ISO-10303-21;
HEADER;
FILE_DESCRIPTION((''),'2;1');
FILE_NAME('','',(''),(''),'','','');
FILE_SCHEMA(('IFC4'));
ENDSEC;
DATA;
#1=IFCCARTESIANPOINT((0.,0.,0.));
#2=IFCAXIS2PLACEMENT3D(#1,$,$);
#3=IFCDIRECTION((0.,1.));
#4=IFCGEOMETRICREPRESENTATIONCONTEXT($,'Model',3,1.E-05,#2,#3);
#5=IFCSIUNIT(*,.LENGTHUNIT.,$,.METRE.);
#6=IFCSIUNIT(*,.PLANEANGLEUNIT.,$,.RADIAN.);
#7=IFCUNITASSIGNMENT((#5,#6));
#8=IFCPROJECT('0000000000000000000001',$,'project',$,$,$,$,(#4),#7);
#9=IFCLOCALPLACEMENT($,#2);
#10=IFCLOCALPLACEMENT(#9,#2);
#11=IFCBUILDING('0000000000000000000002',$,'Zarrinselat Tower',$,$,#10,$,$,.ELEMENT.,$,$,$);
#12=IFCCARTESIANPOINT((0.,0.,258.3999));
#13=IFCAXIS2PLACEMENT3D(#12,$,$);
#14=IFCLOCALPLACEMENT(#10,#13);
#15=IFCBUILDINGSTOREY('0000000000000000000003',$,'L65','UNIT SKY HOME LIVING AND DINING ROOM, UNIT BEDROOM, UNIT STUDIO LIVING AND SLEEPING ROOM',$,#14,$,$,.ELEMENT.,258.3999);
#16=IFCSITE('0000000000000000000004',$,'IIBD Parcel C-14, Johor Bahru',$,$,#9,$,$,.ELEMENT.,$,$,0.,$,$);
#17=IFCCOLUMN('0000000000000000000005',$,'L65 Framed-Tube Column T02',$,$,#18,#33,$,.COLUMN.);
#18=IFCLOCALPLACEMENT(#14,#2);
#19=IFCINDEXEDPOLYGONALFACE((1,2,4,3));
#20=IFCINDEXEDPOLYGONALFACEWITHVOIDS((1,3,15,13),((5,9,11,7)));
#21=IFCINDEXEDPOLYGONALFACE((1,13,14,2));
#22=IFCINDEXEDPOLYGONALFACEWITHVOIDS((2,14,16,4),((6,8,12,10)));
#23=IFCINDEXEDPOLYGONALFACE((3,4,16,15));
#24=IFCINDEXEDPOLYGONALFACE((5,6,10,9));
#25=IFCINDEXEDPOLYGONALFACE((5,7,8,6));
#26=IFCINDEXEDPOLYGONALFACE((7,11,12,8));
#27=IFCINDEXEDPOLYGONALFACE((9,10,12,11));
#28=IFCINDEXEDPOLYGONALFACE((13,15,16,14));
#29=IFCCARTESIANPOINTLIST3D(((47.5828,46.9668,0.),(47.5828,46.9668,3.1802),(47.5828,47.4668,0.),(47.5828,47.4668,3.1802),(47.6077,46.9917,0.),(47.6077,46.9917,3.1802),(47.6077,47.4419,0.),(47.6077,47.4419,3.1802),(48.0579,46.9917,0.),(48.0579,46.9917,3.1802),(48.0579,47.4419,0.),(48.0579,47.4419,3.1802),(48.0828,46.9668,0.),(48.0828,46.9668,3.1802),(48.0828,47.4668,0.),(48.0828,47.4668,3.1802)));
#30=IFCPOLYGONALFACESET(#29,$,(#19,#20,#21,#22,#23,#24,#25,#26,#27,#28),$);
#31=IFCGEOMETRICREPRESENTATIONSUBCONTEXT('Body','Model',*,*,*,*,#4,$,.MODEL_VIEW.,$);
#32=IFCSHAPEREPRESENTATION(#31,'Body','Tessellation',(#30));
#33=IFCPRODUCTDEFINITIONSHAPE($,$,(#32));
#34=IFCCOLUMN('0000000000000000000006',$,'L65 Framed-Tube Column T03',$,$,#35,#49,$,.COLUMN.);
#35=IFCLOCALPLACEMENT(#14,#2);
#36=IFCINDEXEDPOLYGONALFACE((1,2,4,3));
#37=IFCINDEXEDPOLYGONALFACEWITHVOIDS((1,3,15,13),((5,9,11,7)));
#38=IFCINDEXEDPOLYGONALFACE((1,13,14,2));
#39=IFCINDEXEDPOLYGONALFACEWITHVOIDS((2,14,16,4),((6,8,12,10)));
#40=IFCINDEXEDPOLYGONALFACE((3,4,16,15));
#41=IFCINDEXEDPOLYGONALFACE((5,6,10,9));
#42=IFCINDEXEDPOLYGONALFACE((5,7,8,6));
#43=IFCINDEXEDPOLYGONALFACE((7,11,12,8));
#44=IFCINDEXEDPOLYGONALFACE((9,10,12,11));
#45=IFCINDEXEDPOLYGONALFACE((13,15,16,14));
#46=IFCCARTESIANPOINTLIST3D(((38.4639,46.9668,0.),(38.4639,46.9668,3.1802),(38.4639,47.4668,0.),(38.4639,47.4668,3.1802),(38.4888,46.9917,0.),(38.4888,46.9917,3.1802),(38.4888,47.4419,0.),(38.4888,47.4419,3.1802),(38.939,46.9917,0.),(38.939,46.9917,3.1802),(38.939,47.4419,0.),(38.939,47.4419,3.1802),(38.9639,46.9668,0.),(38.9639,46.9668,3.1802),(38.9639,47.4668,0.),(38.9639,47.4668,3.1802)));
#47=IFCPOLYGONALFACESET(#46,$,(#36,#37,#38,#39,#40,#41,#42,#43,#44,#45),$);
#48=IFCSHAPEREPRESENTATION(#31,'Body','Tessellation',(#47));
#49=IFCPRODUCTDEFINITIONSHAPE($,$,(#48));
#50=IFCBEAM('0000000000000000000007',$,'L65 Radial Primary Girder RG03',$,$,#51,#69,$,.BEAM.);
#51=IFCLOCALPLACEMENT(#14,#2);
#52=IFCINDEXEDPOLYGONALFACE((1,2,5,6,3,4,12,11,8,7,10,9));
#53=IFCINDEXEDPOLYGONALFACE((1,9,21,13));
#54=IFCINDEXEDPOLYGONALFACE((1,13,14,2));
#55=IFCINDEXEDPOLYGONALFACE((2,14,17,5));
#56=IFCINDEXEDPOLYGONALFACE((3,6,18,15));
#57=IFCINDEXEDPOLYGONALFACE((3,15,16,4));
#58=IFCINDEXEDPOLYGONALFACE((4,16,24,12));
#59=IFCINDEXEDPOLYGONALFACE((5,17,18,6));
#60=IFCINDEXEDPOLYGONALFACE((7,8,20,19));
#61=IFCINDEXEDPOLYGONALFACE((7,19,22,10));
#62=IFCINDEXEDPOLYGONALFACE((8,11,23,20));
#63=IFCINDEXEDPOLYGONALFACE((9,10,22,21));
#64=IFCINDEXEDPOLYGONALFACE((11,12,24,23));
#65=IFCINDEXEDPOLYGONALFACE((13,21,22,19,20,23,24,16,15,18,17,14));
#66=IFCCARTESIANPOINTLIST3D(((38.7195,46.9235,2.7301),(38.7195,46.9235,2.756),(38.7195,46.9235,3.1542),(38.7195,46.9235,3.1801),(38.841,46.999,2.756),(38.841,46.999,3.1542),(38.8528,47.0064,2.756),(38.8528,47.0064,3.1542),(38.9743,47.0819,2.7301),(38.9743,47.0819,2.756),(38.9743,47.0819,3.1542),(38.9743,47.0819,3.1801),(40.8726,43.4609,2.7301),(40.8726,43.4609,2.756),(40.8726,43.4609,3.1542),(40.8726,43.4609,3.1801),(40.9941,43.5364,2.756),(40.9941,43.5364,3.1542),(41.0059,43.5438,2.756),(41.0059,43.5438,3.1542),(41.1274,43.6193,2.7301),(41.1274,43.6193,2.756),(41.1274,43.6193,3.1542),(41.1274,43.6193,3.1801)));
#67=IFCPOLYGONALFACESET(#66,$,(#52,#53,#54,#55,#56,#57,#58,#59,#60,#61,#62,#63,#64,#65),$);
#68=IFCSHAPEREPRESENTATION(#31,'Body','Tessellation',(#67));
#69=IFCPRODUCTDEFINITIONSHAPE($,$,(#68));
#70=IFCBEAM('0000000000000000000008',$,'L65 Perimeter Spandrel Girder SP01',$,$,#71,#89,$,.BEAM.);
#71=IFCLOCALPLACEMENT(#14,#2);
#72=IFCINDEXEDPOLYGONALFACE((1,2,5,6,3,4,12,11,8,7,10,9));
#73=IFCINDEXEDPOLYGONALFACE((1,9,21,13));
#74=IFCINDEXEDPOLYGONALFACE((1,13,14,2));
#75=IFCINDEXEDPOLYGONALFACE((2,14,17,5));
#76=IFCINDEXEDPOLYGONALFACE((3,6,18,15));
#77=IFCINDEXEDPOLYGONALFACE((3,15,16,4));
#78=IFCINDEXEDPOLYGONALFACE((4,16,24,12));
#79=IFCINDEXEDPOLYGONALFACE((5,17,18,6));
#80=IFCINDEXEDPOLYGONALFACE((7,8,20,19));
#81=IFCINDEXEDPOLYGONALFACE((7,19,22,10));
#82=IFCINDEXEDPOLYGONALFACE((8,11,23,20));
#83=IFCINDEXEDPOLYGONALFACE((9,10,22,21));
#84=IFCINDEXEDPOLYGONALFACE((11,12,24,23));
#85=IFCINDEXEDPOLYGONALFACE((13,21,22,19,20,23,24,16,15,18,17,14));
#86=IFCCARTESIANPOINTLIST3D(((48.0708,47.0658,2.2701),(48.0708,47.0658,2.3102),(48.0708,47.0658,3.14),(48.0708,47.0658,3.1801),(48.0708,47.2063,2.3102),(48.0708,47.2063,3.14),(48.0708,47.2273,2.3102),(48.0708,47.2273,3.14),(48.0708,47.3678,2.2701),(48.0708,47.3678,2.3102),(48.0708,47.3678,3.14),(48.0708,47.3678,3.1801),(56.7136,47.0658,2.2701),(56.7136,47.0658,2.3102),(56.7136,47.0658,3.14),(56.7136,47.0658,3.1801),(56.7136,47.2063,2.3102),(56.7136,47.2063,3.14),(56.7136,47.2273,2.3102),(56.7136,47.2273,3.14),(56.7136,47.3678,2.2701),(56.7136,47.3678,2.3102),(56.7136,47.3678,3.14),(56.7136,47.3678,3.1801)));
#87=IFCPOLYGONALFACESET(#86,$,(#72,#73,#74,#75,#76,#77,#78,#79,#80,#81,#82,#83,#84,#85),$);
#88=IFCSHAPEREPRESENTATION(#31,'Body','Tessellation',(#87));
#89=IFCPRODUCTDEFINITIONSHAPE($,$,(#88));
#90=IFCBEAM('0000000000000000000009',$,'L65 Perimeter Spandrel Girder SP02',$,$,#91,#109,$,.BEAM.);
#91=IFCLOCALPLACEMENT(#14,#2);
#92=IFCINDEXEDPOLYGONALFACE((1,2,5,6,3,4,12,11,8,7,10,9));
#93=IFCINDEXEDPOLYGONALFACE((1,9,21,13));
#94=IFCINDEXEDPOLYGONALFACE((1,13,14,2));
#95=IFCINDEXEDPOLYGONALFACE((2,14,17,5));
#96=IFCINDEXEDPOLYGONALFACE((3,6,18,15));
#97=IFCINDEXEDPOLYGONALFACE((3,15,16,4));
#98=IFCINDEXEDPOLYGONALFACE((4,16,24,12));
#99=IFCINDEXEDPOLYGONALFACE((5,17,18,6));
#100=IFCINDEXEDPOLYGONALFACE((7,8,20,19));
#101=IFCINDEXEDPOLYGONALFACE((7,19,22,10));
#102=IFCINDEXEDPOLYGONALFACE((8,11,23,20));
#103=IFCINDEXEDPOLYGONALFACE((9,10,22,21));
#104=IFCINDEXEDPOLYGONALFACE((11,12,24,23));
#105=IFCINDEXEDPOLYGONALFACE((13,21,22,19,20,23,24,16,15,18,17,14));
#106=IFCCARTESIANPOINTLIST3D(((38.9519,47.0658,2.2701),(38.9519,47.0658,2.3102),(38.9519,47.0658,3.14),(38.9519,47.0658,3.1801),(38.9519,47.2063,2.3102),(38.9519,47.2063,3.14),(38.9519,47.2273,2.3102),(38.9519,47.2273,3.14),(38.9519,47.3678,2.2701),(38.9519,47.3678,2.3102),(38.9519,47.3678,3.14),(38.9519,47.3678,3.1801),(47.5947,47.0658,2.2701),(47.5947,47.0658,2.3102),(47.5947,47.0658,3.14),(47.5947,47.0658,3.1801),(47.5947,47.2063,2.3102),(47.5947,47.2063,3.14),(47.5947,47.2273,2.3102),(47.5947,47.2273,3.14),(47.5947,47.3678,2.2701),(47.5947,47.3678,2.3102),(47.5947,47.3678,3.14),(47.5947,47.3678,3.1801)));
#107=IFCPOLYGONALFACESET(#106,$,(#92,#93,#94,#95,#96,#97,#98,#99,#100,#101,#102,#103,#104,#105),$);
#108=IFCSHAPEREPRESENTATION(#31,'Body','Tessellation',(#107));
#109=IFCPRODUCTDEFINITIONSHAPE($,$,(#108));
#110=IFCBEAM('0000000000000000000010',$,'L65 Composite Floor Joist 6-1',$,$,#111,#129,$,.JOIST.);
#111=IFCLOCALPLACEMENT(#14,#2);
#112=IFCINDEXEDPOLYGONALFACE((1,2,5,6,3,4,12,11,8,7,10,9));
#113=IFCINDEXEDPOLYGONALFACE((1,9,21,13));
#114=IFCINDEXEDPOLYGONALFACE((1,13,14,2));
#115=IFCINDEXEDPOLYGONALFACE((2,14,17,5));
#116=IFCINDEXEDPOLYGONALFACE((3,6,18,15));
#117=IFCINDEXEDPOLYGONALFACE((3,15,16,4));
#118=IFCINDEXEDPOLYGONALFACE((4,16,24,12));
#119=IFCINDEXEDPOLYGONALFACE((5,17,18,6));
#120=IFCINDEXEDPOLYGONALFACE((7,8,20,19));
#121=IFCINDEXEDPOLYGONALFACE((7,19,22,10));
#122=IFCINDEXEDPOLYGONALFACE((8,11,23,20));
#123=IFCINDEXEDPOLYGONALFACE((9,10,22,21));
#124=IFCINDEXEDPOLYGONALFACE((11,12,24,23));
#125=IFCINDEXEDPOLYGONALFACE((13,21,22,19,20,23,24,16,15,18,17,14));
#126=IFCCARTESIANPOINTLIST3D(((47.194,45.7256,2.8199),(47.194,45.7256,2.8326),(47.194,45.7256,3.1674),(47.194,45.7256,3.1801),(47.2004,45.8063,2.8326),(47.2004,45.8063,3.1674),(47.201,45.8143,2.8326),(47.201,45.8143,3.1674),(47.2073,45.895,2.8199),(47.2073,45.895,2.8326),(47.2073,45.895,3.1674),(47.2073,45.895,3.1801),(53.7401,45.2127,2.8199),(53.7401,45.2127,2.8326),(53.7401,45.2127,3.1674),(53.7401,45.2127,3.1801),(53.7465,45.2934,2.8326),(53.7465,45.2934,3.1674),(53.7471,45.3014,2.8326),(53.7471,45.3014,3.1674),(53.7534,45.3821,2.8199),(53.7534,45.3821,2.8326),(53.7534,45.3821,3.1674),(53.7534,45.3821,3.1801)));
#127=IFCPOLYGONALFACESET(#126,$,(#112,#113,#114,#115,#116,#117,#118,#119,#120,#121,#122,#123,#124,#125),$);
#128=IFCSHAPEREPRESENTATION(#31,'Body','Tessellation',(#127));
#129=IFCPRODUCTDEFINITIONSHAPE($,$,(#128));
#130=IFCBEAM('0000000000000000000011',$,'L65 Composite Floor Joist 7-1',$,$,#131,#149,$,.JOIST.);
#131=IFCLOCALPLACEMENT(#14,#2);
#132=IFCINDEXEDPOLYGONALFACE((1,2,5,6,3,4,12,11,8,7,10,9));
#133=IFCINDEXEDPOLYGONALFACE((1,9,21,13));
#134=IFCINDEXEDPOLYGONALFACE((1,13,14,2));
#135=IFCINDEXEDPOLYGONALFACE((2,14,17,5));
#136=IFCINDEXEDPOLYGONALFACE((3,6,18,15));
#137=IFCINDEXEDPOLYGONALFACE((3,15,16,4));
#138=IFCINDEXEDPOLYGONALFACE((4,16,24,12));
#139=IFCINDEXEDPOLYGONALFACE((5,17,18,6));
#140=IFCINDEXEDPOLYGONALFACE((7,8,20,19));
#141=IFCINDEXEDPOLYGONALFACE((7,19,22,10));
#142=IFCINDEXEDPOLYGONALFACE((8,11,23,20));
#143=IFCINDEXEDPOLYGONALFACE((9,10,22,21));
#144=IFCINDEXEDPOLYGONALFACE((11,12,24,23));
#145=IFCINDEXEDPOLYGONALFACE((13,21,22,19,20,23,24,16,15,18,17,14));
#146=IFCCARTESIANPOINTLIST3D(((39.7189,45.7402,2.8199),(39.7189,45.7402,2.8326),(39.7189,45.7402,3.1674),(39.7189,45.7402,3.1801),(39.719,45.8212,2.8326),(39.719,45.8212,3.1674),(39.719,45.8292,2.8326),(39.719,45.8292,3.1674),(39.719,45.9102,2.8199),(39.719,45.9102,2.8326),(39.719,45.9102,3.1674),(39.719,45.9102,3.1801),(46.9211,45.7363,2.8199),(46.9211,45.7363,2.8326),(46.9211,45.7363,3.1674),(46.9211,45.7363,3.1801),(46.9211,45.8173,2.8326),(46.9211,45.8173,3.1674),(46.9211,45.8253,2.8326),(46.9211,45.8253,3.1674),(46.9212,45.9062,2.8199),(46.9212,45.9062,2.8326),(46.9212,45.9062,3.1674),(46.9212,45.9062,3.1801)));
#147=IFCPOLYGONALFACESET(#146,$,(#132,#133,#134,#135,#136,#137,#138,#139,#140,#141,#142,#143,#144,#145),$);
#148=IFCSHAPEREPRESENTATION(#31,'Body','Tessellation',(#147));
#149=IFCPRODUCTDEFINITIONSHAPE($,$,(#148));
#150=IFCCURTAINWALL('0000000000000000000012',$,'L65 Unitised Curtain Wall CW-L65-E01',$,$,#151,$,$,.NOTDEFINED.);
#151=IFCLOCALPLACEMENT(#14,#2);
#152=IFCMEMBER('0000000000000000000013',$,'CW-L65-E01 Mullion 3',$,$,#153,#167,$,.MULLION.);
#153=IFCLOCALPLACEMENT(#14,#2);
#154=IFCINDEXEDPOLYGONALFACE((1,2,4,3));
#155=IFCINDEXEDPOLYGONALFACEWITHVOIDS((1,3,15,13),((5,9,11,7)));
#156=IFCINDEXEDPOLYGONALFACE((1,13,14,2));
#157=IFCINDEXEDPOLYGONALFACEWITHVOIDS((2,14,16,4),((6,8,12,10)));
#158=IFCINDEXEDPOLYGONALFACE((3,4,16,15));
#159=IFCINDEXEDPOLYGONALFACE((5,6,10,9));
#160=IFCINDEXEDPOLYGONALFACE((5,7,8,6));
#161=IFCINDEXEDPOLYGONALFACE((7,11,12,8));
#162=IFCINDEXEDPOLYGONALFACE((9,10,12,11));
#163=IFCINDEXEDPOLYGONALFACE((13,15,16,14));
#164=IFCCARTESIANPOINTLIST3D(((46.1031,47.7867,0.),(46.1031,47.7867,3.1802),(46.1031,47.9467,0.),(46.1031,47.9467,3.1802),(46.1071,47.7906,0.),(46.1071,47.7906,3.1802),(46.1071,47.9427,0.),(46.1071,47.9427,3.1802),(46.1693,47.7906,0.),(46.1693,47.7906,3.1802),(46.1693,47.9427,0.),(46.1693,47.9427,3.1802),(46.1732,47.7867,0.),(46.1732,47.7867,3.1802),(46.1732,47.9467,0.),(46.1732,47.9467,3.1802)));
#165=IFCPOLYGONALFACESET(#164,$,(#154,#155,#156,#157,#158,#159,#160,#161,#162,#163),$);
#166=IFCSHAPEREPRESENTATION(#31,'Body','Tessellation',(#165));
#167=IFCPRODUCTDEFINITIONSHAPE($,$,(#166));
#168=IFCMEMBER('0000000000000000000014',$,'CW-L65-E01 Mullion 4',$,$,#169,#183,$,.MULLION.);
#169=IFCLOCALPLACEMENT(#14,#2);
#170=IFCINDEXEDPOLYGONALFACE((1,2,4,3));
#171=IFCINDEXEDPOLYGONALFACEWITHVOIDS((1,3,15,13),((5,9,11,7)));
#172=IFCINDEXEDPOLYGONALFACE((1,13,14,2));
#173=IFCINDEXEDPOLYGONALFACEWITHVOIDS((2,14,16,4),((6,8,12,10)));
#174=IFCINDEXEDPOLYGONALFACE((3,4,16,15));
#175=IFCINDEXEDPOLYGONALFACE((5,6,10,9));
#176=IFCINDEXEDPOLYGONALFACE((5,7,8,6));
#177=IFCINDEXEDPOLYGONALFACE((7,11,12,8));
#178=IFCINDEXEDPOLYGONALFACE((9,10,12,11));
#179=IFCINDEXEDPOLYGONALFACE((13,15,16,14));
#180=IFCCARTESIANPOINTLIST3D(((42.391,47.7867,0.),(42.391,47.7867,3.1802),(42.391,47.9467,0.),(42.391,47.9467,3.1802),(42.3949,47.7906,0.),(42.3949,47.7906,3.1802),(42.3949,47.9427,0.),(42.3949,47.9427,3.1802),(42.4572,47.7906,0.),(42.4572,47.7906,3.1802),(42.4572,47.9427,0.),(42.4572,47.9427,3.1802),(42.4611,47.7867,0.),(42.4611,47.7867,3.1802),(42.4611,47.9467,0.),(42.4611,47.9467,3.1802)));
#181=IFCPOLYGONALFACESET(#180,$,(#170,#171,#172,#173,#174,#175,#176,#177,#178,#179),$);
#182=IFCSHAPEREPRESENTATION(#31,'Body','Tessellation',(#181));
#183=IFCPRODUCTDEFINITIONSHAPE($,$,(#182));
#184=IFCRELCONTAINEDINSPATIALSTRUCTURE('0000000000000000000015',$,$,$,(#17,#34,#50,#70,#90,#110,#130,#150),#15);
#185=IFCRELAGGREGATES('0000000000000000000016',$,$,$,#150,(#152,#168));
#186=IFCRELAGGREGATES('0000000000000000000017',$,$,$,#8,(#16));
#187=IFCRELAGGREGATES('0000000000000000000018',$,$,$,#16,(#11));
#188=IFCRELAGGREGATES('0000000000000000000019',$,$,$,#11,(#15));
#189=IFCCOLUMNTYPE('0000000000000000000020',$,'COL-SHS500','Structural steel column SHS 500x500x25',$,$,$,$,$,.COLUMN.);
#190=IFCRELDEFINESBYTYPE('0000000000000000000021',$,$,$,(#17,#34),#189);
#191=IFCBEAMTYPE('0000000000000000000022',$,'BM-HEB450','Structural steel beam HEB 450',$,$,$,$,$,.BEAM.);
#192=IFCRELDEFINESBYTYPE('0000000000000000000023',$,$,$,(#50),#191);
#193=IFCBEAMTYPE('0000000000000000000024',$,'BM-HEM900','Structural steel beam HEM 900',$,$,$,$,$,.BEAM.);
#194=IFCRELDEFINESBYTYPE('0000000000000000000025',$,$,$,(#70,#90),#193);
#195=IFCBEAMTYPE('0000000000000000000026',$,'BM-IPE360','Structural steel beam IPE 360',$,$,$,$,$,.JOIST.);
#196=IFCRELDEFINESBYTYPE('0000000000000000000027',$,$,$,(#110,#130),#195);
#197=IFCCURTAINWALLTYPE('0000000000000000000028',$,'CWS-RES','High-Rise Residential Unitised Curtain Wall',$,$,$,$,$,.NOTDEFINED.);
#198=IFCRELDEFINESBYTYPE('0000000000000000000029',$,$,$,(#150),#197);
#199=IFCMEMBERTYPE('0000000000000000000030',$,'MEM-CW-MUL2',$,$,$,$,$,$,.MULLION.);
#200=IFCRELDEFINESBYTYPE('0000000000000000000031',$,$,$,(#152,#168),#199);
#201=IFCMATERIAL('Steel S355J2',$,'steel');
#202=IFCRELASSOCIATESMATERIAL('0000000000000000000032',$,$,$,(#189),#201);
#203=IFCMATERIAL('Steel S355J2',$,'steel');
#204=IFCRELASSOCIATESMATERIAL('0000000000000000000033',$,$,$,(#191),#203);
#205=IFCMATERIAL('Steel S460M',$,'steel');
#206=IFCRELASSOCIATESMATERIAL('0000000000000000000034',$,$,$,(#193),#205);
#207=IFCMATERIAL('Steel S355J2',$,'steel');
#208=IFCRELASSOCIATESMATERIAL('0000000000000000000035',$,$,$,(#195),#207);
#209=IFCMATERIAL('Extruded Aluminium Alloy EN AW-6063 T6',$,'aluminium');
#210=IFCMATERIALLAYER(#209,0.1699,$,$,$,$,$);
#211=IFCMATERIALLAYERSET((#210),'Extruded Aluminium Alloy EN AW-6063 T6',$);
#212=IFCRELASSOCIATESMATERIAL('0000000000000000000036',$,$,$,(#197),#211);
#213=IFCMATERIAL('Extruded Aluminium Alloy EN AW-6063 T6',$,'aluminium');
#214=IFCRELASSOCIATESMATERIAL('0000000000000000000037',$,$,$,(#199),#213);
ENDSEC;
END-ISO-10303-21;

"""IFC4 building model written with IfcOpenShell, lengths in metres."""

from ifc_helpers import new_model, si_unit, direction, frame, origin, origin_2d, place, context, subcontext, project, spatial, hollow_rectangle, i_section, extrude, material, layer, layer_set, material_profile, profile_set, type_object, element, aggregate, save


model = new_model("IFC4")

# Units and contexts
model_context = context("Model", 3, precision=1e-05, world=origin(), true_north=direction((0.0, 1.0)))
body_context = subcontext(model_context, "Body", "Model", "MODEL_VIEW")
ifc_project = project(units=[si_unit("LENGTHUNIT", "METRE"), si_unit("PLANEANGLEUNIT", "RADIAN")], contexts=[model_context])

# Site, building, storey
site_placement = place(None, origin())
site = spatial("IfcSite", under=ifc_project, at=site_placement, Name="IIBD Parcel C-14, Johor Bahru", CompositionType="ELEMENT", RefElevation=0.0)
building_placement = place(site_placement, origin())
building = spatial("IfcBuilding", under=site, at=building_placement, Name="Zarrinselat Tower", CompositionType="ELEMENT")
storey_placement = place(building_placement, frame((0.0, 0.0, 258.3999)))
storey = spatial("IfcBuildingStorey", under=building, at=storey_placement, Name="L65", Description="UNIT SKY HOME LIVING AND DINING ROOM, UNIT BEDROOM, UNIT STUDIO LIVING AND SLEEPING ROOM", CompositionType="ELEMENT", Elevation=258.3999)

# Columns
ifc_material_1 = material(Name="Steel S355J2", Category="steel")
ifc_material_profile_1 = material_profile(ifc_material_1, hollow_rectangle(XDim=0.5, YDim=0.5, WallThickness=0.0249, at=origin_2d()), Name="SHS 500x500x25")
ifc_profile_set_1 = profile_set([ifc_material_profile_1], Name="Steel S355J2")
column_type = type_object("IfcColumnType", Name="COL-SHS500", Description="Structural steel column SHS 500x500x25", PredefinedType="COLUMN", material=ifc_profile_set_1)
for number, where, z_axis, x_axis, name in (
    (1, (47.8328, 47.2168, 0.0), (0.0, 0.0, 1.0), (1.0, 0.0, 0.0), "L65 Framed-Tube Column T02"),
    (2, (38.7139, 47.2168, 0.0), (0.0, 0.0, 1.0), (1.0, 0.0, 0.0), "L65 Framed-Tube Column T03"),
):
    element("IfcColumn", number, at=place(storey_placement, frame(where, z_axis=z_axis, x_axis=x_axis)), inside=storey, type_object=column_type, Name=name, PredefinedType="COLUMN", context=body_context, shape_type="SweptSolid", body=[
        extrude(hollow_rectangle(XDim=0.5, YDim=0.5, WallThickness=0.0249, at=origin_2d()), origin(), (0.0, 0.0, 1.0), 3.1802),
    ])

# Beams
ifc_material_2 = material(Name="Steel S355J2", Category="steel")
ifc_material_profile_2 = material_profile(ifc_material_2, i_section(OverallWidth=0.3, OverallDepth=0.45, WebThickness=0.0139, FlangeThickness=0.0259, at=origin_2d()), Name="HEB 450")
ifc_profile_set_2 = profile_set([ifc_material_profile_2], Name="Steel S355J2")
beam_type_1 = type_object("IfcBeamType", Name="BM-HEB450", Description="Structural steel beam HEB 450", PredefinedType="BEAM", material=ifc_profile_set_2)
beam_1_placement = place(storey_placement, frame((38.8469, 47.0027, 2.9551), z_axis=(0.528044, -0.849217, 0.0), x_axis=(0.849217, 0.528044, 0.0)))
element("IfcBeam", 3, at=beam_1_placement, inside=storey, type_object=beam_type_1, Name="L65 Radial Primary Girder RG03", PredefinedType="BEAM", context=body_context, shape_type="SweptSolid", body=[
    extrude(i_section(OverallWidth=0.3, OverallDepth=0.45, WebThickness=0.0139, FlangeThickness=0.0259, at=origin_2d()), origin(), (0.0, 0.0, 1.0), 4.0774),
])
ifc_material_3 = material(Name="Steel S460M", Category="steel")
ifc_material_profile_3 = material_profile(ifc_material_3, i_section(OverallWidth=0.302, OverallDepth=0.9099, WebThickness=0.021, FlangeThickness=0.04, at=origin_2d()), Name="HEM 900")
ifc_profile_set_3 = profile_set([ifc_material_profile_3], Name="Steel S460M")
beam_type_2 = type_object("IfcBeamType", Name="BM-HEM900", Description="Structural steel beam HEM 900", PredefinedType="BEAM", material=ifc_profile_set_3)
for number, where, z_axis, x_axis, name in (
    (4, (48.0708, 47.2168, 2.7251), (1.0, 0.0, 0.0), (0.0, 1.0, 0.0), "L65 Perimeter Spandrel Girder SP01"),
    (5, (38.9519, 47.2168, 2.7251), (1.0, 0.0, 0.0), (0.0, 1.0, 0.0), "L65 Perimeter Spandrel Girder SP02"),
):
    element("IfcBeam", number, at=place(storey_placement, frame(where, z_axis=z_axis, x_axis=x_axis)), inside=storey, type_object=beam_type_2, Name=name, PredefinedType="BEAM", context=body_context, shape_type="SweptSolid", body=[
        extrude(i_section(OverallWidth=0.302, OverallDepth=0.9099, WebThickness=0.021, FlangeThickness=0.04, at=origin_2d()), origin(), (0.0, 0.0, 1.0), 8.6428),
    ])
ifc_material_4 = material(Name="Steel S355J2", Category="steel")
ifc_material_profile_4 = material_profile(ifc_material_4, i_section(OverallWidth=0.1699, OverallDepth=0.3601, WebThickness=0.0081, FlangeThickness=0.0127, at=origin_2d()), Name="IPE 360")
ifc_profile_set_4 = profile_set([ifc_material_profile_4], Name="Steel S355J2")
beam_type_3 = type_object("IfcBeamType", Name="BM-IPE360", Description="Structural steel beam IPE 360", PredefinedType="JOIST", material=ifc_profile_set_4)
beam_2_placement = place(storey_placement, frame((47.2007, 45.8103, 3.0), z_axis=(0.996944, -0.078118, 0.0), x_axis=(0.078118, 0.996944, 0.0)))
element("IfcBeam", 6, at=beam_2_placement, inside=storey, type_object=beam_type_3, Name="L65 Composite Floor Joist 6-1", PredefinedType="JOIST", context=body_context, shape_type="SweptSolid", body=[
    extrude(i_section(OverallWidth=0.1699, OverallDepth=0.3601, WebThickness=0.0081, FlangeThickness=0.0127, at=origin_2d()), origin(), (0.0, 0.0, 1.0), 6.5662),
])
beam_3_placement = place(storey_placement, frame((39.719, 45.8252, 3.0), z_axis=(1.0, -0.000542, 0.0), x_axis=(0.000542, 1.0, 0.0)))
element("IfcBeam", 7, at=beam_3_placement, inside=storey, type_object=beam_type_3, Name="L65 Composite Floor Joist 7-1", PredefinedType="JOIST", context=body_context, shape_type="SweptSolid", body=[
    extrude(i_section(OverallWidth=0.1699, OverallDepth=0.3601, WebThickness=0.0081, FlangeThickness=0.0127, at=origin_2d()), origin(), (0.0, 0.0, 1.0), 7.2021),
])

# Curtain wall, members
ifc_material_5 = material(Name="Extruded Aluminium Alloy EN AW-6063 T6", Category="aluminium")
ifc_layer_1 = layer(ifc_material_5, 0.1699)
ifc_layer_set_1 = layer_set([ifc_layer_1], Name="Extruded Aluminium Alloy EN AW-6063 T6")
curtain_wall_type = type_object("IfcCurtainWallType", Name="CWS-RES", Description="High-Rise Residential Unitised Curtain Wall", PredefinedType="NOTDEFINED", material=ifc_layer_set_1)
curtain_wall_placement = place(storey_placement, origin())
curtain_wall = element("IfcCurtainWall", 8, at=curtain_wall_placement, inside=storey, type_object=curtain_wall_type, Name="L65 Unitised Curtain Wall CW-L65-E01", PredefinedType="NOTDEFINED")
ifc_material_6 = material(Name="Extruded Aluminium Alloy EN AW-6063 T6", Category="aluminium")
ifc_material_profile_5 = material_profile(ifc_material_6, hollow_rectangle(XDim=0.0701, YDim=0.1599, WallThickness=0.0039, at=origin_2d()), Name="RHS 160x70x4")
ifc_profile_set_5 = profile_set([ifc_material_profile_5], Name="Extruded Aluminium Alloy EN AW-6063 T6")
member_type_1 = type_object("IfcMemberType", Name="MEM-CW-MUL2", PredefinedType="MULLION", material=ifc_profile_set_5)
member_1_placement = place(storey_placement, frame((46.1382, 47.8667, 0.0), z_axis=(0.0, 0.0, 1.0), x_axis=(-1.0, 0.0, 0.0)))
member_1 = element("IfcMember", 9, at=member_1_placement, type_object=member_type_1, Name="CW-L65-E01 Mullion 3", PredefinedType="MULLION", context=body_context, shape_type="SweptSolid", body=[
    extrude(hollow_rectangle(XDim=0.0701, YDim=0.1599, WallThickness=0.0039, at=origin_2d()), origin(), (0.0, 0.0, 1.0), 3.1802),
])
member_2_placement = place(storey_placement, frame((42.426, 47.8667, 0.0), z_axis=(0.0, 0.0, 1.0), x_axis=(-1.0, 0.0, 0.0)))
member_2 = element("IfcMember", 10, at=member_2_placement, type_object=member_type_1, Name="CW-L65-E01 Mullion 4", PredefinedType="MULLION", context=body_context, shape_type="SweptSolid", body=[
    extrude(hollow_rectangle(XDim=0.0701, YDim=0.1599, WallThickness=0.0039, at=origin_2d()), origin(), (0.0, 0.0, 1.0), 3.1802),
])
aggregate(curtain_wall, [member_1, member_2])

save(model, "model.ifc")
